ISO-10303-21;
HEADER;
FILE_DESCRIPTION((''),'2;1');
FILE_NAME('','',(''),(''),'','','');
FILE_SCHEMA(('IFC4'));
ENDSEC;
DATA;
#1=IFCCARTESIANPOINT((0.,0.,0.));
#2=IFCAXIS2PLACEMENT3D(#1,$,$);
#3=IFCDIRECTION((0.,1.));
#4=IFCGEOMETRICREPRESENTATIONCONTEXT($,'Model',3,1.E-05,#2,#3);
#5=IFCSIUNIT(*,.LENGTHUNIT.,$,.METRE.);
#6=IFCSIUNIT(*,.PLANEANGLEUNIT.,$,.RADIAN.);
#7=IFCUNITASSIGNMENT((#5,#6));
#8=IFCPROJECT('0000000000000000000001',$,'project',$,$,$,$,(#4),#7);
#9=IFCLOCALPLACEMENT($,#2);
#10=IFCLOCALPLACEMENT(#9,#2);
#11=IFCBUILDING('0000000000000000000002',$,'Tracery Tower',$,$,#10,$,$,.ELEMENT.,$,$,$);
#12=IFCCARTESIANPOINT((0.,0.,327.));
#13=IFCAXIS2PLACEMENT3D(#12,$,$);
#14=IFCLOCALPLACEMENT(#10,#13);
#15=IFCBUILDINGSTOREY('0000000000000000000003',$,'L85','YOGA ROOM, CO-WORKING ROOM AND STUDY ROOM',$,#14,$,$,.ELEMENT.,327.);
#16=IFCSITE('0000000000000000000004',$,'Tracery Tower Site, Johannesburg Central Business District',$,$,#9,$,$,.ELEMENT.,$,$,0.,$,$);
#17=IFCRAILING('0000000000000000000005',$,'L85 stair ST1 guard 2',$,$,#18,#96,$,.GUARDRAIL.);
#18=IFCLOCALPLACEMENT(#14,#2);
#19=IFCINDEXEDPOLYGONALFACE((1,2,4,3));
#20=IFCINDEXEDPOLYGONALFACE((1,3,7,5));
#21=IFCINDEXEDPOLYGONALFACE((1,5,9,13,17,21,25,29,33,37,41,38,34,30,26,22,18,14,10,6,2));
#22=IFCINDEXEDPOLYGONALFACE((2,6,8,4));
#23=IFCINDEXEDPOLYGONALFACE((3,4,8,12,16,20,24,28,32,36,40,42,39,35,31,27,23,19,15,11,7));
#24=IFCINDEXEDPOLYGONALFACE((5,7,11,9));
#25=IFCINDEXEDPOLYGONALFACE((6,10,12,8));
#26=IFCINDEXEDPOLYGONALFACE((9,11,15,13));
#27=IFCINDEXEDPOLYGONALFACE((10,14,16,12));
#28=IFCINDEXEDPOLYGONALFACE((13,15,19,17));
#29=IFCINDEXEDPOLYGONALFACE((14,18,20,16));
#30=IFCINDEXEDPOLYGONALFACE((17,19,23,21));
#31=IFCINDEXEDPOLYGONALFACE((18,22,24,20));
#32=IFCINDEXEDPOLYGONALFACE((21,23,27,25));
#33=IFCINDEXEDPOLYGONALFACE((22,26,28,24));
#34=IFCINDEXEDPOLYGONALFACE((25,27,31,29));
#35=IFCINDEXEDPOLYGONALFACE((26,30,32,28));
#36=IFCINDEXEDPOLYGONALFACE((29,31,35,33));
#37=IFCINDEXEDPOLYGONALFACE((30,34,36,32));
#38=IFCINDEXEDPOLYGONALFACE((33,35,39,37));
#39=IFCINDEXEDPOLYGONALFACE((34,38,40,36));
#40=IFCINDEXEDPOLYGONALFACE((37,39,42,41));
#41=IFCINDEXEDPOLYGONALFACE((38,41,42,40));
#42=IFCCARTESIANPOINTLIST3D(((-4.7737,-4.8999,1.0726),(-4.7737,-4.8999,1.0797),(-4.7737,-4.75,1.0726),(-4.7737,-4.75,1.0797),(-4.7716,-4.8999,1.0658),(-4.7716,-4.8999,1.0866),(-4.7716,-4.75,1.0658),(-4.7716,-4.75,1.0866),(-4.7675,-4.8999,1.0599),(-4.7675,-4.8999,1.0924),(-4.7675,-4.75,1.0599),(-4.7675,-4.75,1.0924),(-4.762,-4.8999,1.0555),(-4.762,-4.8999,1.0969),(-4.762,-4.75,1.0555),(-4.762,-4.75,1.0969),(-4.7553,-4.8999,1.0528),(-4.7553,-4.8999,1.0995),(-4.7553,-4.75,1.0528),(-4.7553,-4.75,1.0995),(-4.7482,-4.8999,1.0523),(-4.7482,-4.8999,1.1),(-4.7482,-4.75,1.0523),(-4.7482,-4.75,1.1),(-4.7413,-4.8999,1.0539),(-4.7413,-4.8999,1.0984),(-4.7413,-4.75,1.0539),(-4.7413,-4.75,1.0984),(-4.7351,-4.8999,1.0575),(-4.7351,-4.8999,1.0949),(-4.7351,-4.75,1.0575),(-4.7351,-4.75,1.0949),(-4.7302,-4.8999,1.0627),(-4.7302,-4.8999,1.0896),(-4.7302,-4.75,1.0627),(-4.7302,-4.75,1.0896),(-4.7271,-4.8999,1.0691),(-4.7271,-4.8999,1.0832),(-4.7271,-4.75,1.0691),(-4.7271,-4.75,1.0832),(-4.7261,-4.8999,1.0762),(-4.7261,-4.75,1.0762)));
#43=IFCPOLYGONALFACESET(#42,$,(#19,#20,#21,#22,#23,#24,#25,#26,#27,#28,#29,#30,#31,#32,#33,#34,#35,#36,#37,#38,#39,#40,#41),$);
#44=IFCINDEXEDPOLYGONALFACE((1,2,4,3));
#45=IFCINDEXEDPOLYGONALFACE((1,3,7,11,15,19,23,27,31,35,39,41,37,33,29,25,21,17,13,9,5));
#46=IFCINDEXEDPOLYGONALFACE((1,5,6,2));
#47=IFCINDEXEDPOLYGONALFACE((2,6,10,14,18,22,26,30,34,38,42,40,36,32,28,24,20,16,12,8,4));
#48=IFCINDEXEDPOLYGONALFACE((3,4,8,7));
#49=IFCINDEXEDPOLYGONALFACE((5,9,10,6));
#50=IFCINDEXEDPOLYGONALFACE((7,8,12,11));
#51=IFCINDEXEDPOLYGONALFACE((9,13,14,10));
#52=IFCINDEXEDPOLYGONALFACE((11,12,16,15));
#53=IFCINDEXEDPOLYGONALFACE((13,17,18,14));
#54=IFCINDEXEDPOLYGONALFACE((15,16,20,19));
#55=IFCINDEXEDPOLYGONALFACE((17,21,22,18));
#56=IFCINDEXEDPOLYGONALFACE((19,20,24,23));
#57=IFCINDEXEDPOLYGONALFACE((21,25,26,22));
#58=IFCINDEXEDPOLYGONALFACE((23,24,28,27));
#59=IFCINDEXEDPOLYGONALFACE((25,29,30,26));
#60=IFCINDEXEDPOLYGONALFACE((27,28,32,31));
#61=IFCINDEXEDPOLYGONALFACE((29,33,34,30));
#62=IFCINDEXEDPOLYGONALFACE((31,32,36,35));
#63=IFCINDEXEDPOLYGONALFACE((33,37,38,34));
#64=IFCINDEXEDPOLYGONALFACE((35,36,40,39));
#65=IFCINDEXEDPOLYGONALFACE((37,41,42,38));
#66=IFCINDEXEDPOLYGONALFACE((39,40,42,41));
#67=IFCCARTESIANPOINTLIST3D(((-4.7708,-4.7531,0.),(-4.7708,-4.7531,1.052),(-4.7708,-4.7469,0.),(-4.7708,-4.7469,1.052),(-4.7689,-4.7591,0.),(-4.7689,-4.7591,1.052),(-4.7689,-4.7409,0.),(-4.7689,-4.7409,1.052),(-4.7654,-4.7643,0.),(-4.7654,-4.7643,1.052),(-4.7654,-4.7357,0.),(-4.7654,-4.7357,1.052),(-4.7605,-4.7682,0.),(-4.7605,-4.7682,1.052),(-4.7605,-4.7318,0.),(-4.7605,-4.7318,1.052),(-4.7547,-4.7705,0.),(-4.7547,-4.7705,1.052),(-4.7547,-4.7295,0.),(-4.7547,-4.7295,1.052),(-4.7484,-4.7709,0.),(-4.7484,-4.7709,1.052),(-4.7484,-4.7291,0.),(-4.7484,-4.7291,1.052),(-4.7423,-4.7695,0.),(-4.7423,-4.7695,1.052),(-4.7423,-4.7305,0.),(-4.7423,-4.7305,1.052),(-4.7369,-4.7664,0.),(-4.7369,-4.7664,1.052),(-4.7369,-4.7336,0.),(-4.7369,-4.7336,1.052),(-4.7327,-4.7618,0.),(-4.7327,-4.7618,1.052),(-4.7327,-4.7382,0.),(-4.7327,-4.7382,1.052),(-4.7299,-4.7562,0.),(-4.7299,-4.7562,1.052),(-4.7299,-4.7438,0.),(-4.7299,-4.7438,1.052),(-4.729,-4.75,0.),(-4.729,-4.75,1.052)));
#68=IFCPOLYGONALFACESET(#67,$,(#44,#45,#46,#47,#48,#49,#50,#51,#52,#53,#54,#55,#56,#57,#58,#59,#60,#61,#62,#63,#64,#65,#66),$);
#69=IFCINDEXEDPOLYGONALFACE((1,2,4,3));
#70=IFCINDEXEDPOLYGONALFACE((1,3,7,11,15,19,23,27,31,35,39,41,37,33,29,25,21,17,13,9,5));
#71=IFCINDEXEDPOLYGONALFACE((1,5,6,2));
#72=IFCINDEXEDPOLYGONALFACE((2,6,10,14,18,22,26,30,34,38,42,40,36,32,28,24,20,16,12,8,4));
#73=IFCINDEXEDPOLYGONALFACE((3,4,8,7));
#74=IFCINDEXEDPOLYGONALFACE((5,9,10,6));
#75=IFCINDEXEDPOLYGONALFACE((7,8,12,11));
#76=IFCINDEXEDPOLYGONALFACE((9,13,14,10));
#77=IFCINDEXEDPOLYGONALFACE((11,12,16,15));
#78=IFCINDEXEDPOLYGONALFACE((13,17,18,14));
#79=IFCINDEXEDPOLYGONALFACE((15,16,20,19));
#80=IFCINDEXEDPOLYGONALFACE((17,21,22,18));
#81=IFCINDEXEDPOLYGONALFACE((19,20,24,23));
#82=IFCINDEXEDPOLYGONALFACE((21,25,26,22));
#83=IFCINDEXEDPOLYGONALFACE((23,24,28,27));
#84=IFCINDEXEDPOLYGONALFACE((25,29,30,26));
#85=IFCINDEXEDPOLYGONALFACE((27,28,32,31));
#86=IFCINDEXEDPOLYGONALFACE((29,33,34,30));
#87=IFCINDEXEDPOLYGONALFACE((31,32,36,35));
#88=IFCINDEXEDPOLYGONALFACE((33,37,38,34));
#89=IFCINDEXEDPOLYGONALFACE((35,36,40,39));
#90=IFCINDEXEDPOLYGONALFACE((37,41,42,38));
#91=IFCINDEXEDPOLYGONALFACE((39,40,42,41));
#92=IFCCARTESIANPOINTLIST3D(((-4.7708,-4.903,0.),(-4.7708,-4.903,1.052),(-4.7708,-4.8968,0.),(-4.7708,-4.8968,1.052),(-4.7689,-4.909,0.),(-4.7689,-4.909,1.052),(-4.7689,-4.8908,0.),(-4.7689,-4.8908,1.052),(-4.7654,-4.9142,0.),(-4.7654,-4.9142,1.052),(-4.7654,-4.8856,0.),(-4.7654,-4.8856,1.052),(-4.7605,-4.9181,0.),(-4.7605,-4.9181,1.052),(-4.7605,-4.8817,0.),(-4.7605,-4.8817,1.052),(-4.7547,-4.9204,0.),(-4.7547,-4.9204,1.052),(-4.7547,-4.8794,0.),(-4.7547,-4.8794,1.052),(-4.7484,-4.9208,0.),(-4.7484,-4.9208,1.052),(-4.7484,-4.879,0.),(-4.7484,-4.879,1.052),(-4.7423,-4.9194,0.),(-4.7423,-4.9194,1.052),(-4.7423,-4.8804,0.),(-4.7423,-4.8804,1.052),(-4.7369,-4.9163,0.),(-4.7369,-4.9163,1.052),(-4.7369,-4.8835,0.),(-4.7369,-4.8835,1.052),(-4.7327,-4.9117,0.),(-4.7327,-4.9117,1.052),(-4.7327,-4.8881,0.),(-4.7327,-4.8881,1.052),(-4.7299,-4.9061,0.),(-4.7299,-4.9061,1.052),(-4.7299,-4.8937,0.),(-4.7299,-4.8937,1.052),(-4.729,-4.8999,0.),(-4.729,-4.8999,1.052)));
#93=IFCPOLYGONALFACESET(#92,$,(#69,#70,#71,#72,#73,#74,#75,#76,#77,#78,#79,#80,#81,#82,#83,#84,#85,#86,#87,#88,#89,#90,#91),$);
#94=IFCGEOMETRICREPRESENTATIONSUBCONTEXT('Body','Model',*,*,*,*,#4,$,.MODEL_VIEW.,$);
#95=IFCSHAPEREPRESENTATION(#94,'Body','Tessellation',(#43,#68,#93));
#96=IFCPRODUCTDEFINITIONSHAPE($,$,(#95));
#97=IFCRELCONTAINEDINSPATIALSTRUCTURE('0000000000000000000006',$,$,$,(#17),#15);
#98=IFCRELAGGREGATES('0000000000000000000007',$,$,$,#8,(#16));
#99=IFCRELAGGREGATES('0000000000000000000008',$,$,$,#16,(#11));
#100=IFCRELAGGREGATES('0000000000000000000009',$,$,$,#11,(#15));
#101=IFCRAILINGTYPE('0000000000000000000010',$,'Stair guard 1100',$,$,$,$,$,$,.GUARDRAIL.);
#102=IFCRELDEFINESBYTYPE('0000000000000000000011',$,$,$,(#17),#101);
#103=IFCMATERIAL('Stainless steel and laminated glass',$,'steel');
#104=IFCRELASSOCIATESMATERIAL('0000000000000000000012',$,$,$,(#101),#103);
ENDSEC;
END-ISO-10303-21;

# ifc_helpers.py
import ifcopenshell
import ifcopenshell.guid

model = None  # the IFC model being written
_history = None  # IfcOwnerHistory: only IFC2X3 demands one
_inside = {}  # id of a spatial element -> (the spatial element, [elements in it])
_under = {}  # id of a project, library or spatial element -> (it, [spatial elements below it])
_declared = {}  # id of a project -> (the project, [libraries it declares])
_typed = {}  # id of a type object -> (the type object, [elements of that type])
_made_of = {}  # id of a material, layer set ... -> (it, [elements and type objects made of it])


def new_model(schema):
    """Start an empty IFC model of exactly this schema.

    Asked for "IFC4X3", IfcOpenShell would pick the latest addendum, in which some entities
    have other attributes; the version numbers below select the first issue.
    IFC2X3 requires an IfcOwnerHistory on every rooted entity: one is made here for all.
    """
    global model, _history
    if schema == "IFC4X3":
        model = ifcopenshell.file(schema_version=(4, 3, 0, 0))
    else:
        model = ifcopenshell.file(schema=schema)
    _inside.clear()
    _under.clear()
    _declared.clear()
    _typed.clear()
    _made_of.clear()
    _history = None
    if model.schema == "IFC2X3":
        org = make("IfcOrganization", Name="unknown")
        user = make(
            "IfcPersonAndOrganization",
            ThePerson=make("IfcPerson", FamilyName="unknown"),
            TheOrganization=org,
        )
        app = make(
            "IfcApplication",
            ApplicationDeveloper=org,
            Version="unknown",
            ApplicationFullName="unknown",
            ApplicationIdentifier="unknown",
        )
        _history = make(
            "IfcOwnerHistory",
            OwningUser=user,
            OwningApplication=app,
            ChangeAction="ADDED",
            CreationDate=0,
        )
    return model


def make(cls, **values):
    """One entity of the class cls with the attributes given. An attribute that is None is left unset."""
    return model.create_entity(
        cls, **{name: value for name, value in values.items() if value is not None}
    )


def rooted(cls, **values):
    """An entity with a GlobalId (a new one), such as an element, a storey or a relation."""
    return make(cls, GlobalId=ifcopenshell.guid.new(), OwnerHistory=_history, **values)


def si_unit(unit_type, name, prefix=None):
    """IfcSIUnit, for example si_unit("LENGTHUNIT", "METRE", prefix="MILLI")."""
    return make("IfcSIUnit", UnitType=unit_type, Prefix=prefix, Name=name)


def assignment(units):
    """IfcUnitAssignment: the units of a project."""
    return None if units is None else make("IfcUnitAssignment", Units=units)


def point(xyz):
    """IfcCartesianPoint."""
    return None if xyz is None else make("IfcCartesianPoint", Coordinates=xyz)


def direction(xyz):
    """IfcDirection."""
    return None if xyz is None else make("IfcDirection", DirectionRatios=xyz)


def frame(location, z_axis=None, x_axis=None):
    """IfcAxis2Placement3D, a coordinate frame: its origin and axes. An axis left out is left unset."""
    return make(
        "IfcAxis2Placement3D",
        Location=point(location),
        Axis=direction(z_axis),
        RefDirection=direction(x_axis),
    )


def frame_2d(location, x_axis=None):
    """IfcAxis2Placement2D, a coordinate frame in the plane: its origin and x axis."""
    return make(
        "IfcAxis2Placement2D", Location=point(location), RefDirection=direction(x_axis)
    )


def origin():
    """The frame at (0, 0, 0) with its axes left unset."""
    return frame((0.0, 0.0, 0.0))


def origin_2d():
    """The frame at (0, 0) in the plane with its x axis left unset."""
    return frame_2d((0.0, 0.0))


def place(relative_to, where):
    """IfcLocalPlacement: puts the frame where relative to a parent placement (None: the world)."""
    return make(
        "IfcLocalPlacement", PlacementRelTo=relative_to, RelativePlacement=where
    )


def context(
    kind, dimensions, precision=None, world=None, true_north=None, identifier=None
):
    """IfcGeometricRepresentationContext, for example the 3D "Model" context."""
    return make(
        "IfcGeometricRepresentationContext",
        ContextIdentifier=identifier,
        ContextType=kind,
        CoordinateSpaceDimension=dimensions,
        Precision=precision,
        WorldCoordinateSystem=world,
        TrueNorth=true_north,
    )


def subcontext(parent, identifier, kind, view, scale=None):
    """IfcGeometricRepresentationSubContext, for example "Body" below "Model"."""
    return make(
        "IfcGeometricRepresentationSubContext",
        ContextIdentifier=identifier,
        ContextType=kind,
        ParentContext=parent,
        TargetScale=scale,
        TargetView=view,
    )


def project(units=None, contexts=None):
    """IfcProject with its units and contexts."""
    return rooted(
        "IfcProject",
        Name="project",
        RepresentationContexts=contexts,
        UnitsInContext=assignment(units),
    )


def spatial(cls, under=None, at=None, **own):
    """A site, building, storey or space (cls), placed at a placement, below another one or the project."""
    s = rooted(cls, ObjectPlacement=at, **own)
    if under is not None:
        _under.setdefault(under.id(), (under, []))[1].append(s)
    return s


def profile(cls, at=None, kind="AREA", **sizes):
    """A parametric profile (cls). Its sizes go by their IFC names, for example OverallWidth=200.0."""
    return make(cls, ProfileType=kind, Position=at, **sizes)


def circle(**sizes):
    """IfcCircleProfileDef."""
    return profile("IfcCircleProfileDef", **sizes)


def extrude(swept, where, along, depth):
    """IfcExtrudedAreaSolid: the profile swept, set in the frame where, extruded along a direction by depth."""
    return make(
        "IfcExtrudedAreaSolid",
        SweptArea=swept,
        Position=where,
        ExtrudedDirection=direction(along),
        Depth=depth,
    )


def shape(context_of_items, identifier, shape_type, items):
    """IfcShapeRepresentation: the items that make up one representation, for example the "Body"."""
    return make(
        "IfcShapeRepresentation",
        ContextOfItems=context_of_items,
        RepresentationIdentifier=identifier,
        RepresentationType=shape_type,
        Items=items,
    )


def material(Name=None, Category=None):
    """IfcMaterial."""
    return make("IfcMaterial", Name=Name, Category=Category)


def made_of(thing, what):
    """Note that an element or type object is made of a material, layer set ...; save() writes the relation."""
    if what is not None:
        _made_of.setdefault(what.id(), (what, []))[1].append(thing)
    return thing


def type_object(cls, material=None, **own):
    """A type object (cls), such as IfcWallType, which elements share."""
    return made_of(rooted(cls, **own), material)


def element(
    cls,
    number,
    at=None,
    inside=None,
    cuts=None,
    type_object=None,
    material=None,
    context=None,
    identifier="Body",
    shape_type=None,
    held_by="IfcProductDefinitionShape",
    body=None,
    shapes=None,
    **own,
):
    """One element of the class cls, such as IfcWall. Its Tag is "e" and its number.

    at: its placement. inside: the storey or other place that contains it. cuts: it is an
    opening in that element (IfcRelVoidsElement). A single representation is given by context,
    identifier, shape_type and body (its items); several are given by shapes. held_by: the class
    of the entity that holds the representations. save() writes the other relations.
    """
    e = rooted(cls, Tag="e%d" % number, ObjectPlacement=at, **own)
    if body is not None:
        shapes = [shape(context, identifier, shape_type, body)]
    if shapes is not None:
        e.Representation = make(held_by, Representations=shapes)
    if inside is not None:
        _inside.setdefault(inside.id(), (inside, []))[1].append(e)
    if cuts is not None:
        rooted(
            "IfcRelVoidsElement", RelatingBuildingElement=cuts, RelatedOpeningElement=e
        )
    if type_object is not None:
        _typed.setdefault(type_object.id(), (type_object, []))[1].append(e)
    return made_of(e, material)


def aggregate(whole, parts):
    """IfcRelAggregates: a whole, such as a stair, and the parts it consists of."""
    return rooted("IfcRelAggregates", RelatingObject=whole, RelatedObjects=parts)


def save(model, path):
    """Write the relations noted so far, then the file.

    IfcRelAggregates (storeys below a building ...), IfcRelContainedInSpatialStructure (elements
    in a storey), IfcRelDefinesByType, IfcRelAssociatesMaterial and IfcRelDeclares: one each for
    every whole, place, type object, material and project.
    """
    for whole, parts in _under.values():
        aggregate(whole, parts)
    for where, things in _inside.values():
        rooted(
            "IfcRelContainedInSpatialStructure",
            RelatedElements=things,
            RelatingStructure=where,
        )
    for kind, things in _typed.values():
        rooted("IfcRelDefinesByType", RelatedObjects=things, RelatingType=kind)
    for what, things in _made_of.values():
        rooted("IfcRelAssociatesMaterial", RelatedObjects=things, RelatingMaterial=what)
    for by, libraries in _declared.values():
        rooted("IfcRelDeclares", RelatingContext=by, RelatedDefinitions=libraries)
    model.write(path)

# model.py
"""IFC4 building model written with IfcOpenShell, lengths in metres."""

from ifc_helpers import new_model, si_unit, direction, frame, origin, origin_2d, place, context, subcontext, project, spatial, circle, extrude, material, type_object, element, save


model = new_model("IFC4")

# Units and contexts
model_context = context("Model", 3, precision=1e-05, world=origin(), true_north=direction((0.0, 1.0)))
body_context = subcontext(model_context, "Body", "Model", "MODEL_VIEW")
ifc_project = project(units=[si_unit("LENGTHUNIT", "METRE"), si_unit("PLANEANGLEUNIT", "RADIAN")], contexts=[model_context])

# Site, building, storey
site_placement = place(None, origin())
site = spatial("IfcSite", under=ifc_project, at=site_placement, Name="Tracery Tower Site, Johannesburg Central Business District", CompositionType="ELEMENT", RefElevation=0.0)
building_placement = place(site_placement, origin())
building = spatial("IfcBuilding", under=site, at=building_placement, Name="Tracery Tower", CompositionType="ELEMENT")
storey_placement = place(building_placement, frame((0.0, 0.0, 327.0)))
storey = spatial("IfcBuildingStorey", under=building, at=storey_placement, Name="L85", Description="YOGA ROOM, CO-WORKING ROOM AND STUDY ROOM", CompositionType="ELEMENT", Elevation=327.0)

# Railing
ifc_material_1 = material(Name="Stainless steel and laminated glass", Category="steel")
railing_type_1 = type_object("IfcRailingType", Name="Stair guard 1100", PredefinedType="GUARDRAIL", material=ifc_material_1)
railing_1_placement = place(storey_placement, frame((-4.75, -4.75, 0.0)))
element("IfcRailing", 1, at=railing_1_placement, inside=storey, type_object=railing_type_1, Name="L85 stair ST1 guard 2", PredefinedType="GUARDRAIL", context=body_context, shape_type="SweptSolid", body=[
    extrude(circle(Radius=0.0239, at=origin_2d()), frame((0.0, 0.0, 1.0762), z_axis=(0.0, -1.0, 0.0), x_axis=(1.0, 0.0, 0.0)), (0.0, 0.0, 1.0), 0.1499),
    extrude(circle(Radius=0.021, at=origin_2d()), origin(), (0.0, 0.0, 1.0), 1.052),
    extrude(circle(Radius=0.021, at=origin_2d()), frame((0.0, -0.1499, 0.0)), (0.0, 0.0, 1.0), 1.052),
])

save(model, "model.ifc")
